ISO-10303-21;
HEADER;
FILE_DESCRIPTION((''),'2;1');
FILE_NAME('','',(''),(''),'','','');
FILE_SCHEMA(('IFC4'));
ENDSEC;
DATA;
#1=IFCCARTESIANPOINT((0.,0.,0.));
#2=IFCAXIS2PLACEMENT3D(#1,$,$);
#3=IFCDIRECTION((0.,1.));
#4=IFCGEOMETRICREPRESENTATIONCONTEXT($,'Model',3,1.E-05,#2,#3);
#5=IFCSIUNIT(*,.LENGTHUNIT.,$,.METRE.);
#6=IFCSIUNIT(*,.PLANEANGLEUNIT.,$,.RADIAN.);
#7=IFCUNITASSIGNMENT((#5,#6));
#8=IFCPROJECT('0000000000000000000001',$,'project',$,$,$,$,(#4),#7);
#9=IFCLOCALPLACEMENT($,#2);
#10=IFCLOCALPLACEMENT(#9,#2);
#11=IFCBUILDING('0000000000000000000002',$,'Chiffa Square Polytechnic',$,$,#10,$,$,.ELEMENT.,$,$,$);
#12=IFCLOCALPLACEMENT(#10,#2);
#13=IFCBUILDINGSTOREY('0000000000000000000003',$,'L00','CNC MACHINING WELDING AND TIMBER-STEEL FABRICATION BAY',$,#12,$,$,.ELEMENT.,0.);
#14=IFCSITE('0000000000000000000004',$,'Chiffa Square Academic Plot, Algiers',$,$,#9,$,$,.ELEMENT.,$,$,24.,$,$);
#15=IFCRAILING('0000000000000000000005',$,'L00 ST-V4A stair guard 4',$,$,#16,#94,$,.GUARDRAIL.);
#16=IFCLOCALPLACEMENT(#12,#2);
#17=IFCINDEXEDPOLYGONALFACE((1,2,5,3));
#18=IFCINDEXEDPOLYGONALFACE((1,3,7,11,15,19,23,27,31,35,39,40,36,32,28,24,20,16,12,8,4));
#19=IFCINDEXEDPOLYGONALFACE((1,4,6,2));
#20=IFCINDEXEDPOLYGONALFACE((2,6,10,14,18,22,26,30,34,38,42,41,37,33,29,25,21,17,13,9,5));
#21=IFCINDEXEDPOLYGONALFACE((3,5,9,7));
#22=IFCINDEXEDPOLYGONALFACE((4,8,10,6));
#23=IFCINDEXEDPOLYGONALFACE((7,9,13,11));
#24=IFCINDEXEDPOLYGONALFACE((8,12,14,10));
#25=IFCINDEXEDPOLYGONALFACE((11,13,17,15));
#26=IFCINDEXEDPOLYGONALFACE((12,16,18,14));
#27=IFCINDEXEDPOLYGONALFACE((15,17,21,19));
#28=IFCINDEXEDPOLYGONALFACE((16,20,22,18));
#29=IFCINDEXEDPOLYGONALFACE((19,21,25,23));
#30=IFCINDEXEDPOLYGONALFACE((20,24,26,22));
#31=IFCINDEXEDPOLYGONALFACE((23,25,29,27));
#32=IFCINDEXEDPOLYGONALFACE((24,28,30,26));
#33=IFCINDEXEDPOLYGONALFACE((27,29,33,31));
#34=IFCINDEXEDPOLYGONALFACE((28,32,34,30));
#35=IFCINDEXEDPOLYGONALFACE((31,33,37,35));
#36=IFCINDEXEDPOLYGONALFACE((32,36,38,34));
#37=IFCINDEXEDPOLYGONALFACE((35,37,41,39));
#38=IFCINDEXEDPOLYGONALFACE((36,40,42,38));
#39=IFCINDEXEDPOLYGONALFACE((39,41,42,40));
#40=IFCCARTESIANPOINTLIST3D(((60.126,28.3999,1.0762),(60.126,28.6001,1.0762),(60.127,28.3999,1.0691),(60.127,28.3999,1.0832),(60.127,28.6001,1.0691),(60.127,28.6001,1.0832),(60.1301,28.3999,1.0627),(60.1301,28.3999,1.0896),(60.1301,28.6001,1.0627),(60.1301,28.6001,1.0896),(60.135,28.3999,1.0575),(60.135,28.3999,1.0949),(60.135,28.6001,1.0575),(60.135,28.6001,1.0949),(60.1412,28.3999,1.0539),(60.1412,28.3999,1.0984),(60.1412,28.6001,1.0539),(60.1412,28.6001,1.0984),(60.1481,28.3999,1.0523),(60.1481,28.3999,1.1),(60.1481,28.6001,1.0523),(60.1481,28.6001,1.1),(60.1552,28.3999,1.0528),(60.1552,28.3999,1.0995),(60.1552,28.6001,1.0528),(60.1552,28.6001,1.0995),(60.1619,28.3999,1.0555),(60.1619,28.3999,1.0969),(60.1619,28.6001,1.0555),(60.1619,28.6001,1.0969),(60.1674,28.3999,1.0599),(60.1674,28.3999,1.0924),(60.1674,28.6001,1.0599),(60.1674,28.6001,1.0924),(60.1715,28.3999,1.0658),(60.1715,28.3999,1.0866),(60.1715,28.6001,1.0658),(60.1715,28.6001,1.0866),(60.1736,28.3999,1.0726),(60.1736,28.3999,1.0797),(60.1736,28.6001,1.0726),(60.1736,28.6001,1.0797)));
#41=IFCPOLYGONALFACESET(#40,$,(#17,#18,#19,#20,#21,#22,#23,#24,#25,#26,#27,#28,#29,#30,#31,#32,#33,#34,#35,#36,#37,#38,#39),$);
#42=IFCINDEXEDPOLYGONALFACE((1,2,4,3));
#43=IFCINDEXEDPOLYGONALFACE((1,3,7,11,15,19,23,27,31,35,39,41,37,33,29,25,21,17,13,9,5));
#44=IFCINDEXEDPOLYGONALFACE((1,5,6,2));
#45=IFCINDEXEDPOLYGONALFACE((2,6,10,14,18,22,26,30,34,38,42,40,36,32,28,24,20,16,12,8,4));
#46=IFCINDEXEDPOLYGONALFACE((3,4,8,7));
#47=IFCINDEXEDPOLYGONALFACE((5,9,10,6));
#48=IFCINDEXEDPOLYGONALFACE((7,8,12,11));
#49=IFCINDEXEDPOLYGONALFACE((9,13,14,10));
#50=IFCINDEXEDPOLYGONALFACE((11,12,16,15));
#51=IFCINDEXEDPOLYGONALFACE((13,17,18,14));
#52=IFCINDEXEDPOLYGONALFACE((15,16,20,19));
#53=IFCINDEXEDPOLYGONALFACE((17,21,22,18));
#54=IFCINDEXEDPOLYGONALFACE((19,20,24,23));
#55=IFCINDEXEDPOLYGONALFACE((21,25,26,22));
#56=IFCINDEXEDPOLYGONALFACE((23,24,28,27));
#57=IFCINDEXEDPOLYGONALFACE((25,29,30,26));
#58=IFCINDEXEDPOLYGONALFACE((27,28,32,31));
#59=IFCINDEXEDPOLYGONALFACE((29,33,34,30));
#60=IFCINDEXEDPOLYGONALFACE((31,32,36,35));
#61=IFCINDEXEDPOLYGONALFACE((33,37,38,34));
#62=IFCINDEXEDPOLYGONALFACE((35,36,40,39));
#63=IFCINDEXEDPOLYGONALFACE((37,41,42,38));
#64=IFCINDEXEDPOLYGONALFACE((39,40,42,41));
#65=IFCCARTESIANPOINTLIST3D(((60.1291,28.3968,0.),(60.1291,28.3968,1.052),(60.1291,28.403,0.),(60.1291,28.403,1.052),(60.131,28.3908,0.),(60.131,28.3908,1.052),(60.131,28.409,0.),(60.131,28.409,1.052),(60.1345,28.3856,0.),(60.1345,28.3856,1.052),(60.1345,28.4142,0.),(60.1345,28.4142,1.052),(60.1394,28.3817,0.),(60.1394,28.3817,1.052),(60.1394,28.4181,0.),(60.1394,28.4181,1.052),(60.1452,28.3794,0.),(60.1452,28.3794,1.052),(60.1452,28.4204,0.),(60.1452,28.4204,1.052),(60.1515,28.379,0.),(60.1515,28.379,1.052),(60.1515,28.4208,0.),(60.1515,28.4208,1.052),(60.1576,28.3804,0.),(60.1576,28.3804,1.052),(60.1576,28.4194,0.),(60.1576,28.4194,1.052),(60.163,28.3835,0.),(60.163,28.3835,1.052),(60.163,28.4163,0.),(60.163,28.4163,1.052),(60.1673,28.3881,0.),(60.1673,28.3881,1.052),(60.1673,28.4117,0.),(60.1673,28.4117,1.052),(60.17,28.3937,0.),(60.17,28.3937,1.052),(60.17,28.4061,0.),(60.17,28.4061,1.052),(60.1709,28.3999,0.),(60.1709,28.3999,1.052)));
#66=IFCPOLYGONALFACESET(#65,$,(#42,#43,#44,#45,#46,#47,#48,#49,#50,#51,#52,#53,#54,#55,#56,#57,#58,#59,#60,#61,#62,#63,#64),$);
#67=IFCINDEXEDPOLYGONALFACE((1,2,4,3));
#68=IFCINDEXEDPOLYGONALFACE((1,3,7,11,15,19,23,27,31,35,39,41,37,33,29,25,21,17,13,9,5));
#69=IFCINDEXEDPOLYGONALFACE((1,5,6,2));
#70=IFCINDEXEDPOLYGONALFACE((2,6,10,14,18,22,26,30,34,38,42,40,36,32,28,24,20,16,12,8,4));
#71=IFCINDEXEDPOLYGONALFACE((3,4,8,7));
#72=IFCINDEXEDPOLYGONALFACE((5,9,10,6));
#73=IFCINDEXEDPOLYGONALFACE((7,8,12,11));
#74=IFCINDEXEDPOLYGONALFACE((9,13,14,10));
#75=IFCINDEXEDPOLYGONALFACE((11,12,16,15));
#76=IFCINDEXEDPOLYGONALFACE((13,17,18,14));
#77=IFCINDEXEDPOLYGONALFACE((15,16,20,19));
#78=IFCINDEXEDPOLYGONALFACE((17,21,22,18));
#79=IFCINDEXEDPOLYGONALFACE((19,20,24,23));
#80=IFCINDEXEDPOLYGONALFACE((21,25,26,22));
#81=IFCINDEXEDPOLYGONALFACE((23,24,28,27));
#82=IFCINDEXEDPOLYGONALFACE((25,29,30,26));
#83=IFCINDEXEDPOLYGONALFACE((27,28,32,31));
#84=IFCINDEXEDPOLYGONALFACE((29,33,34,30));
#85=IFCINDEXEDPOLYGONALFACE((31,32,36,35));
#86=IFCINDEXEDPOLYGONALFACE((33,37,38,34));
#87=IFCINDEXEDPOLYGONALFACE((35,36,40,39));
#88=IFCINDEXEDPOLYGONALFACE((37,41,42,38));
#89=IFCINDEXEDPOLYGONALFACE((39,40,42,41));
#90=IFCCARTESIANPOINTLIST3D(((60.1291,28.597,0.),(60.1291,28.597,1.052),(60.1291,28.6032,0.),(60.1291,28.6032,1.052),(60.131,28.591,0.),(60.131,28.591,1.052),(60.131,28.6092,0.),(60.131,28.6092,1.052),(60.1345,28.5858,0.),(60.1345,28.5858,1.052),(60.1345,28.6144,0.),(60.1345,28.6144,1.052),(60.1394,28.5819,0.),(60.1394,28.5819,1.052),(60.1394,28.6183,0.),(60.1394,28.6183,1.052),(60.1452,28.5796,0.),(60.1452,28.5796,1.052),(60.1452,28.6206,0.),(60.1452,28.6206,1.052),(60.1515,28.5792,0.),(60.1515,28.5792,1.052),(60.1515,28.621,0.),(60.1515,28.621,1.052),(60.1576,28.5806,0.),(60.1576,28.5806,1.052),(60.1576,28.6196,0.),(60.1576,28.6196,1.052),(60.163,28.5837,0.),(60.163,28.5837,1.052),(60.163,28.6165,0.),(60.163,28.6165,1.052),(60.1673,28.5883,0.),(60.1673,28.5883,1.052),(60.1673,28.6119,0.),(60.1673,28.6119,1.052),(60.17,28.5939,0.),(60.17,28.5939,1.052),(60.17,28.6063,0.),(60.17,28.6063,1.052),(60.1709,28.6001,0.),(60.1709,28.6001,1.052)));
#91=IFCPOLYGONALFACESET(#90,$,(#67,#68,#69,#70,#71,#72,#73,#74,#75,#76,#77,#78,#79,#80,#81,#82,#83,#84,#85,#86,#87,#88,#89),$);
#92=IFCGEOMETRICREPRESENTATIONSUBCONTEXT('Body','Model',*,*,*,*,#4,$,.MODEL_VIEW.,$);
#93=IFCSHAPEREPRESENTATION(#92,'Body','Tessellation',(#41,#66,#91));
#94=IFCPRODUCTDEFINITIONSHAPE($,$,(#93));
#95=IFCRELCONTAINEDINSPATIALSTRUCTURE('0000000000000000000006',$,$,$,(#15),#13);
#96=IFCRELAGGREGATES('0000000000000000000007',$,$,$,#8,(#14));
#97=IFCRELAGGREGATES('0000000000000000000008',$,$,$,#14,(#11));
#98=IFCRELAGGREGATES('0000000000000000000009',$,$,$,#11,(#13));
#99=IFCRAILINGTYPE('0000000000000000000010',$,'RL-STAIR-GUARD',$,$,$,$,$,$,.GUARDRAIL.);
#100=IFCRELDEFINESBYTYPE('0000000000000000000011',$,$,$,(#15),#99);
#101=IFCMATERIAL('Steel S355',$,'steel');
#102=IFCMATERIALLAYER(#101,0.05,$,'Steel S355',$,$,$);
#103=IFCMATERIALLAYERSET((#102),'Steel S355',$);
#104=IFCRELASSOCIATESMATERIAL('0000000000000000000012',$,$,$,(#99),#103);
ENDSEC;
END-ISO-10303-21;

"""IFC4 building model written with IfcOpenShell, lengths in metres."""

from ifc_helpers import new_model, si_unit, direction, frame, origin, origin_2d, place, context, subcontext, project, spatial, circle, extrude, material, layer, layer_set, type_object, element, save


model = new_model("IFC4")

# Units and contexts
model_context = context("Model", 3, precision=1e-05, world=origin(), true_north=direction((0.0, 1.0)))
body_context = subcontext(model_context, "Body", "Model", "MODEL_VIEW")
ifc_project = project(units=[si_unit("LENGTHUNIT", "METRE"), si_unit("PLANEANGLEUNIT", "RADIAN")], contexts=[model_context])

# Site, building, storey
site_placement = place(None, origin())
site = spatial("IfcSite", under=ifc_project, at=site_placement, Name="Chiffa Square Academic Plot, Algiers", CompositionType="ELEMENT", RefElevation=24.0)
building_placement = place(site_placement, origin())
building = spatial("IfcBuilding", under=site, at=building_placement, Name="Chiffa Square Polytechnic", CompositionType="ELEMENT")
storey_placement = place(building_placement, origin())
storey = spatial("IfcBuildingStorey", under=building, at=storey_placement, Name="L00", Description="CNC MACHINING WELDING AND TIMBER-STEEL FABRICATION BAY", CompositionType="ELEMENT", Elevation=0.0)

# Railing
ifc_material_1 = material(Name="Steel S355", Category="steel")
ifc_layer_1 = layer(ifc_material_1, 0.05, Name="Steel S355")
ifc_layer_set_1 = layer_set([ifc_layer_1], Name="Steel S355")
railing_type_1 = type_object("IfcRailingType", Name="RL-STAIR-GUARD", PredefinedType="GUARDRAIL", material=ifc_layer_set_1)
railing_1_placement = place(storey_placement, frame((60.1499, 28.3999, 0.0)))
element("IfcRailing", 1, at=railing_1_placement, inside=storey, type_object=railing_type_1, Name="L00 ST-V4A stair guard 4", PredefinedType="GUARDRAIL", context=body_context, shape_type="SweptSolid", body=[
    extrude(circle(Radius=0.0239, at=origin_2d()), frame((0.0, 0.0, 1.0762), z_axis=(0.0, 1.0, 0.0), x_axis=(-1.0, 0.0, 0.0)), (0.0, 0.0, 1.0), 0.2002),
    extrude(circle(Radius=0.021, at=origin_2d()), origin(), (0.0, 0.0, 1.0), 1.052),
    extrude(circle(Radius=0.021, at=origin_2d()), frame((0.0, 0.2002, 0.0)), (0.0, 0.0, 1.0), 1.052),
])

save(model, "model.ifc")
